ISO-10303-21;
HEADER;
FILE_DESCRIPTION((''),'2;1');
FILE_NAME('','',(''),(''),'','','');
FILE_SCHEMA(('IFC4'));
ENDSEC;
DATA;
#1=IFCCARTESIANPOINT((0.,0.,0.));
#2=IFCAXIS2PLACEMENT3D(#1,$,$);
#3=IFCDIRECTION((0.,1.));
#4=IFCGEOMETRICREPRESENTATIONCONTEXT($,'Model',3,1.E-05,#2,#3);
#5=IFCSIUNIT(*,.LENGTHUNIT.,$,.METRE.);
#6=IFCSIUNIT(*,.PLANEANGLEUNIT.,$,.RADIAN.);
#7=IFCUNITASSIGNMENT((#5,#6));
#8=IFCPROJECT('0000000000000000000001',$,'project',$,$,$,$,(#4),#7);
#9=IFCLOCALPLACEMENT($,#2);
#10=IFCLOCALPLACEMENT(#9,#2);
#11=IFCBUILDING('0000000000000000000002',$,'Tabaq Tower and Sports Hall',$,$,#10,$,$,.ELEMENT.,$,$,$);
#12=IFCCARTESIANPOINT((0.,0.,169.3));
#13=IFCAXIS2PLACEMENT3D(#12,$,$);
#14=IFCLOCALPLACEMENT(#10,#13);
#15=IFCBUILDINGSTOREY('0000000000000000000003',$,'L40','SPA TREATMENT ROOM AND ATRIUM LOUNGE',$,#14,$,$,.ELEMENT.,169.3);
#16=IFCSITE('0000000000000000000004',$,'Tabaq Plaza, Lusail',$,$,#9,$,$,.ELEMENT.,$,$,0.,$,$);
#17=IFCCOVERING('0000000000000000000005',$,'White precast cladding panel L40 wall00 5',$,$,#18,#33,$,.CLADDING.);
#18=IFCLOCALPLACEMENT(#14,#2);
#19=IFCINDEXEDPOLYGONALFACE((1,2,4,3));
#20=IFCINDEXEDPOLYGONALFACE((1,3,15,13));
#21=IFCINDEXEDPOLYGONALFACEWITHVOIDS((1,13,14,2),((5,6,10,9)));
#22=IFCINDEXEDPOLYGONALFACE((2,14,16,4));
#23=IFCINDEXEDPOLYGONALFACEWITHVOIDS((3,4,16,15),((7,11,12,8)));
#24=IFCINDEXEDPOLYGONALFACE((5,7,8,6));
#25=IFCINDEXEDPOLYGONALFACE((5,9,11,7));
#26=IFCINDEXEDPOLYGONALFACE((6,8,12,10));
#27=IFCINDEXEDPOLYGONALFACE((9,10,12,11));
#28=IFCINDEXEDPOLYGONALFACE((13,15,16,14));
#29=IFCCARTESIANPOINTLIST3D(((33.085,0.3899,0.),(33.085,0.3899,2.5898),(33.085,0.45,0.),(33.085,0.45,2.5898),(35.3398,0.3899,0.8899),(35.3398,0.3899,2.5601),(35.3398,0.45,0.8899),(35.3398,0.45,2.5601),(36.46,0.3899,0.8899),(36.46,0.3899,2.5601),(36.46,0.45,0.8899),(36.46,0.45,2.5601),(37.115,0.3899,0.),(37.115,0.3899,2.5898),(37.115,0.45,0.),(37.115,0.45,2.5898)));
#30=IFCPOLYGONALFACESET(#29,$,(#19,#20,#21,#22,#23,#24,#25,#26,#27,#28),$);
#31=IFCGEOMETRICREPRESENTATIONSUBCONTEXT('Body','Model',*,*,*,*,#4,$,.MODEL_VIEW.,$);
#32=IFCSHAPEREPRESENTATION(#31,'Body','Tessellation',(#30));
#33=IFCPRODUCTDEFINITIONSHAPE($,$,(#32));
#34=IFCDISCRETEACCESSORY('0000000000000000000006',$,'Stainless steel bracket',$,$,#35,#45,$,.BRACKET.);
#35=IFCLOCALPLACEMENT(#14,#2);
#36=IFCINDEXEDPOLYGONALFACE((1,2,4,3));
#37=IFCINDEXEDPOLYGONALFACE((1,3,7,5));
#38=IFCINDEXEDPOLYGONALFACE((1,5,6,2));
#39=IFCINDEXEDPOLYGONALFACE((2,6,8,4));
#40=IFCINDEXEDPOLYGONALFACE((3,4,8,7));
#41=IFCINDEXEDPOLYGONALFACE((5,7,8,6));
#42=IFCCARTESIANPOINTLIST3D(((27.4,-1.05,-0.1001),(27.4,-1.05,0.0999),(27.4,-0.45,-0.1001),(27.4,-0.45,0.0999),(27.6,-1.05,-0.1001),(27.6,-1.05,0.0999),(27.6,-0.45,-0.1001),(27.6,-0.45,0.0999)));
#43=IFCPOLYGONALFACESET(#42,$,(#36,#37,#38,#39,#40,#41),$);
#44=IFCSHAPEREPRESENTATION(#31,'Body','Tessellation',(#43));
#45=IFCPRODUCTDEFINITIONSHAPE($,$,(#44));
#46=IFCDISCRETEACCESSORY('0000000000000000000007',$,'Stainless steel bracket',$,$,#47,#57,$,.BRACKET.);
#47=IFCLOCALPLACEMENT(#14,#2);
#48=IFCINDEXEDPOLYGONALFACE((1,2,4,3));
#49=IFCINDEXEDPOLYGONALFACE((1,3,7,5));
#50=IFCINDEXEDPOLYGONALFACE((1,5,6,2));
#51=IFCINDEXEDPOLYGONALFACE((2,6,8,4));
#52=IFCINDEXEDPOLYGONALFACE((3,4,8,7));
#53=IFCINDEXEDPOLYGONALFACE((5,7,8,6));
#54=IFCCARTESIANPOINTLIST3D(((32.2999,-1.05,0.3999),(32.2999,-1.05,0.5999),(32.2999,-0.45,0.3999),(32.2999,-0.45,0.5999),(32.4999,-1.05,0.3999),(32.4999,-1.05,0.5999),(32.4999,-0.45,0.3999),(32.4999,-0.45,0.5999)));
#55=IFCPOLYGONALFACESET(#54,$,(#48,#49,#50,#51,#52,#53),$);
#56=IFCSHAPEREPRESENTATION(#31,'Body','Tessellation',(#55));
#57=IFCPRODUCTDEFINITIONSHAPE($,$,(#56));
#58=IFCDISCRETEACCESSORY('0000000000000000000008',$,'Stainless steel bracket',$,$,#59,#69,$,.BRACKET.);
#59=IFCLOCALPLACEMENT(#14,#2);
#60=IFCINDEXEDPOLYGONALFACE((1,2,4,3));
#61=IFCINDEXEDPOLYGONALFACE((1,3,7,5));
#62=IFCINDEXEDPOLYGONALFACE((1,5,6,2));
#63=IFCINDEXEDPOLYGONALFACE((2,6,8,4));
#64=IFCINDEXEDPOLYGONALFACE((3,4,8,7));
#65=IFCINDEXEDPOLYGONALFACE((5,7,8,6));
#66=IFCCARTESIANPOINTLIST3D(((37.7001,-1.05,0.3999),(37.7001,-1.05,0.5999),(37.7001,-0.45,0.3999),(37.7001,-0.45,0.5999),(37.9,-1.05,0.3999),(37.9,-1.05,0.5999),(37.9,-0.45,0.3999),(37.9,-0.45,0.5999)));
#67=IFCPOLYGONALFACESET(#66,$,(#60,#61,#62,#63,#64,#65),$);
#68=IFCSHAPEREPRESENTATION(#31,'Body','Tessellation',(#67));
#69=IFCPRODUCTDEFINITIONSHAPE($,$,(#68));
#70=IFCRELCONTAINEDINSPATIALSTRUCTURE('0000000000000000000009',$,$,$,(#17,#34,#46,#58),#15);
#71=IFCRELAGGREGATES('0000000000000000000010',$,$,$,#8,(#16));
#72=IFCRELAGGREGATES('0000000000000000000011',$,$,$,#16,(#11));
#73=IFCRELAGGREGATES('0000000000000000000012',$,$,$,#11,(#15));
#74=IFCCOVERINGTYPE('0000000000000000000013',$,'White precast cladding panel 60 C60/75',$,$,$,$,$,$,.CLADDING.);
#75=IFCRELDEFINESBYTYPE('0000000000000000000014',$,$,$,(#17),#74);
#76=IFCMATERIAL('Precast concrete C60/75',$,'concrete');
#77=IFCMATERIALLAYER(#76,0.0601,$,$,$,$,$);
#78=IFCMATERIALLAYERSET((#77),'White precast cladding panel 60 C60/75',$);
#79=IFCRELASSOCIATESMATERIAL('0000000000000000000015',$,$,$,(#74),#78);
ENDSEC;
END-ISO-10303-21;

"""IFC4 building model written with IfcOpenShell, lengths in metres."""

from ifc_helpers import new_model, si_unit, direction, frame, origin, origin_2d, place, context, subcontext, project, spatial, polyline, rectangle, outline, extrude, material, layer, layer_set, type_object, element, save


model = new_model("IFC4")

# Units and contexts
model_context = context("Model", 3, precision=1e-05, world=origin(), true_north=direction((0.0, 1.0)))
body_context = subcontext(model_context, "Body", "Model", "MODEL_VIEW")
ifc_project = project(units=[si_unit("LENGTHUNIT", "METRE"), si_unit("PLANEANGLEUNIT", "RADIAN")], contexts=[model_context])

# Site, building, storey
site_placement = place(None, origin())
site = spatial("IfcSite", under=ifc_project, at=site_placement, Name="Tabaq Plaza, Lusail", CompositionType="ELEMENT", RefElevation=0.0)
building_placement = place(site_placement, origin())
building = spatial("IfcBuilding", under=site, at=building_placement, Name="Tabaq Tower and Sports Hall", CompositionType="ELEMENT")
storey_placement = place(building_placement, frame((0.0, 0.0, 169.3)))
storey = spatial("IfcBuildingStorey", under=building, at=storey_placement, Name="L40", Description="SPA TREATMENT ROOM AND ATRIUM LOUNGE", CompositionType="ELEMENT", Elevation=169.3)

# Covering
ifc_material_1 = material(Name="Precast concrete C60/75", Category="concrete")
ifc_layer_1 = layer(ifc_material_1, 0.0601)
ifc_layer_set_1 = layer_set([ifc_layer_1], Name="White precast cladding panel 60 C60/75")
covering_type_1 = type_object("IfcCoveringType", Name="White precast cladding panel 60 C60/75", PredefinedType="CLADDING", material=ifc_layer_set_1)
covering_1_placement = place(storey_placement, frame((33.085, 0.4199, 0.0), z_axis=(0.0, 0.0, 1.0), x_axis=(1.0, 0.0, 0.0)))
element("IfcCovering", 1, at=covering_1_placement, inside=storey, type_object=covering_type_1, Name="White precast cladding panel L40 wall00 5", PredefinedType="CLADDING", context=body_context, shape_type="SweptSolid", body=[
    extrude(outline(polyline([(0.0, 0.0), (4.03, 0.0), (4.03, 2.5898), (0.0, 2.5898), (0.0, 0.0)]), holes=[polyline([(3.375, 0.8899), (2.2549, 0.8899), (2.2549, 2.5601), (3.375, 2.5601), (3.375, 0.8899)])]), frame((0.0, 0.03, 0.0), z_axis=(0.0, -1.0, 0.0), x_axis=(1.0, 0.0, 0.0)), (0.0, 0.0, 1.0), 0.0601),
])

# Discrete accessories
for number, where, z_axis, x_axis, name in (
    (2, (27.5, -0.75, -0.1001), (0.0, 0.0, 1.0), (0.0, -1.0, 0.0), "Stainless steel bracket"),
    (3, (32.3999, -0.75, 0.3999), (0.0, 0.0, 1.0), (0.0, -1.0, 0.0), "Stainless steel bracket"),
    (4, (37.8, -0.75, 0.3999), (0.0, 0.0, 1.0), (0.0, -1.0, 0.0), "Stainless steel bracket"),
):
    element("IfcDiscreteAccessory", number, at=place(storey_placement, frame(where, z_axis=z_axis, x_axis=x_axis)), inside=storey, Name=name, PredefinedType="BRACKET", context=body_context, shape_type="SweptSolid", body=[
        extrude(rectangle(XDim=0.6001, YDim=0.2, at=origin_2d()), origin(), (0.0, 0.0, 1.0), 0.2),
    ])

save(model, "model.ifc")
